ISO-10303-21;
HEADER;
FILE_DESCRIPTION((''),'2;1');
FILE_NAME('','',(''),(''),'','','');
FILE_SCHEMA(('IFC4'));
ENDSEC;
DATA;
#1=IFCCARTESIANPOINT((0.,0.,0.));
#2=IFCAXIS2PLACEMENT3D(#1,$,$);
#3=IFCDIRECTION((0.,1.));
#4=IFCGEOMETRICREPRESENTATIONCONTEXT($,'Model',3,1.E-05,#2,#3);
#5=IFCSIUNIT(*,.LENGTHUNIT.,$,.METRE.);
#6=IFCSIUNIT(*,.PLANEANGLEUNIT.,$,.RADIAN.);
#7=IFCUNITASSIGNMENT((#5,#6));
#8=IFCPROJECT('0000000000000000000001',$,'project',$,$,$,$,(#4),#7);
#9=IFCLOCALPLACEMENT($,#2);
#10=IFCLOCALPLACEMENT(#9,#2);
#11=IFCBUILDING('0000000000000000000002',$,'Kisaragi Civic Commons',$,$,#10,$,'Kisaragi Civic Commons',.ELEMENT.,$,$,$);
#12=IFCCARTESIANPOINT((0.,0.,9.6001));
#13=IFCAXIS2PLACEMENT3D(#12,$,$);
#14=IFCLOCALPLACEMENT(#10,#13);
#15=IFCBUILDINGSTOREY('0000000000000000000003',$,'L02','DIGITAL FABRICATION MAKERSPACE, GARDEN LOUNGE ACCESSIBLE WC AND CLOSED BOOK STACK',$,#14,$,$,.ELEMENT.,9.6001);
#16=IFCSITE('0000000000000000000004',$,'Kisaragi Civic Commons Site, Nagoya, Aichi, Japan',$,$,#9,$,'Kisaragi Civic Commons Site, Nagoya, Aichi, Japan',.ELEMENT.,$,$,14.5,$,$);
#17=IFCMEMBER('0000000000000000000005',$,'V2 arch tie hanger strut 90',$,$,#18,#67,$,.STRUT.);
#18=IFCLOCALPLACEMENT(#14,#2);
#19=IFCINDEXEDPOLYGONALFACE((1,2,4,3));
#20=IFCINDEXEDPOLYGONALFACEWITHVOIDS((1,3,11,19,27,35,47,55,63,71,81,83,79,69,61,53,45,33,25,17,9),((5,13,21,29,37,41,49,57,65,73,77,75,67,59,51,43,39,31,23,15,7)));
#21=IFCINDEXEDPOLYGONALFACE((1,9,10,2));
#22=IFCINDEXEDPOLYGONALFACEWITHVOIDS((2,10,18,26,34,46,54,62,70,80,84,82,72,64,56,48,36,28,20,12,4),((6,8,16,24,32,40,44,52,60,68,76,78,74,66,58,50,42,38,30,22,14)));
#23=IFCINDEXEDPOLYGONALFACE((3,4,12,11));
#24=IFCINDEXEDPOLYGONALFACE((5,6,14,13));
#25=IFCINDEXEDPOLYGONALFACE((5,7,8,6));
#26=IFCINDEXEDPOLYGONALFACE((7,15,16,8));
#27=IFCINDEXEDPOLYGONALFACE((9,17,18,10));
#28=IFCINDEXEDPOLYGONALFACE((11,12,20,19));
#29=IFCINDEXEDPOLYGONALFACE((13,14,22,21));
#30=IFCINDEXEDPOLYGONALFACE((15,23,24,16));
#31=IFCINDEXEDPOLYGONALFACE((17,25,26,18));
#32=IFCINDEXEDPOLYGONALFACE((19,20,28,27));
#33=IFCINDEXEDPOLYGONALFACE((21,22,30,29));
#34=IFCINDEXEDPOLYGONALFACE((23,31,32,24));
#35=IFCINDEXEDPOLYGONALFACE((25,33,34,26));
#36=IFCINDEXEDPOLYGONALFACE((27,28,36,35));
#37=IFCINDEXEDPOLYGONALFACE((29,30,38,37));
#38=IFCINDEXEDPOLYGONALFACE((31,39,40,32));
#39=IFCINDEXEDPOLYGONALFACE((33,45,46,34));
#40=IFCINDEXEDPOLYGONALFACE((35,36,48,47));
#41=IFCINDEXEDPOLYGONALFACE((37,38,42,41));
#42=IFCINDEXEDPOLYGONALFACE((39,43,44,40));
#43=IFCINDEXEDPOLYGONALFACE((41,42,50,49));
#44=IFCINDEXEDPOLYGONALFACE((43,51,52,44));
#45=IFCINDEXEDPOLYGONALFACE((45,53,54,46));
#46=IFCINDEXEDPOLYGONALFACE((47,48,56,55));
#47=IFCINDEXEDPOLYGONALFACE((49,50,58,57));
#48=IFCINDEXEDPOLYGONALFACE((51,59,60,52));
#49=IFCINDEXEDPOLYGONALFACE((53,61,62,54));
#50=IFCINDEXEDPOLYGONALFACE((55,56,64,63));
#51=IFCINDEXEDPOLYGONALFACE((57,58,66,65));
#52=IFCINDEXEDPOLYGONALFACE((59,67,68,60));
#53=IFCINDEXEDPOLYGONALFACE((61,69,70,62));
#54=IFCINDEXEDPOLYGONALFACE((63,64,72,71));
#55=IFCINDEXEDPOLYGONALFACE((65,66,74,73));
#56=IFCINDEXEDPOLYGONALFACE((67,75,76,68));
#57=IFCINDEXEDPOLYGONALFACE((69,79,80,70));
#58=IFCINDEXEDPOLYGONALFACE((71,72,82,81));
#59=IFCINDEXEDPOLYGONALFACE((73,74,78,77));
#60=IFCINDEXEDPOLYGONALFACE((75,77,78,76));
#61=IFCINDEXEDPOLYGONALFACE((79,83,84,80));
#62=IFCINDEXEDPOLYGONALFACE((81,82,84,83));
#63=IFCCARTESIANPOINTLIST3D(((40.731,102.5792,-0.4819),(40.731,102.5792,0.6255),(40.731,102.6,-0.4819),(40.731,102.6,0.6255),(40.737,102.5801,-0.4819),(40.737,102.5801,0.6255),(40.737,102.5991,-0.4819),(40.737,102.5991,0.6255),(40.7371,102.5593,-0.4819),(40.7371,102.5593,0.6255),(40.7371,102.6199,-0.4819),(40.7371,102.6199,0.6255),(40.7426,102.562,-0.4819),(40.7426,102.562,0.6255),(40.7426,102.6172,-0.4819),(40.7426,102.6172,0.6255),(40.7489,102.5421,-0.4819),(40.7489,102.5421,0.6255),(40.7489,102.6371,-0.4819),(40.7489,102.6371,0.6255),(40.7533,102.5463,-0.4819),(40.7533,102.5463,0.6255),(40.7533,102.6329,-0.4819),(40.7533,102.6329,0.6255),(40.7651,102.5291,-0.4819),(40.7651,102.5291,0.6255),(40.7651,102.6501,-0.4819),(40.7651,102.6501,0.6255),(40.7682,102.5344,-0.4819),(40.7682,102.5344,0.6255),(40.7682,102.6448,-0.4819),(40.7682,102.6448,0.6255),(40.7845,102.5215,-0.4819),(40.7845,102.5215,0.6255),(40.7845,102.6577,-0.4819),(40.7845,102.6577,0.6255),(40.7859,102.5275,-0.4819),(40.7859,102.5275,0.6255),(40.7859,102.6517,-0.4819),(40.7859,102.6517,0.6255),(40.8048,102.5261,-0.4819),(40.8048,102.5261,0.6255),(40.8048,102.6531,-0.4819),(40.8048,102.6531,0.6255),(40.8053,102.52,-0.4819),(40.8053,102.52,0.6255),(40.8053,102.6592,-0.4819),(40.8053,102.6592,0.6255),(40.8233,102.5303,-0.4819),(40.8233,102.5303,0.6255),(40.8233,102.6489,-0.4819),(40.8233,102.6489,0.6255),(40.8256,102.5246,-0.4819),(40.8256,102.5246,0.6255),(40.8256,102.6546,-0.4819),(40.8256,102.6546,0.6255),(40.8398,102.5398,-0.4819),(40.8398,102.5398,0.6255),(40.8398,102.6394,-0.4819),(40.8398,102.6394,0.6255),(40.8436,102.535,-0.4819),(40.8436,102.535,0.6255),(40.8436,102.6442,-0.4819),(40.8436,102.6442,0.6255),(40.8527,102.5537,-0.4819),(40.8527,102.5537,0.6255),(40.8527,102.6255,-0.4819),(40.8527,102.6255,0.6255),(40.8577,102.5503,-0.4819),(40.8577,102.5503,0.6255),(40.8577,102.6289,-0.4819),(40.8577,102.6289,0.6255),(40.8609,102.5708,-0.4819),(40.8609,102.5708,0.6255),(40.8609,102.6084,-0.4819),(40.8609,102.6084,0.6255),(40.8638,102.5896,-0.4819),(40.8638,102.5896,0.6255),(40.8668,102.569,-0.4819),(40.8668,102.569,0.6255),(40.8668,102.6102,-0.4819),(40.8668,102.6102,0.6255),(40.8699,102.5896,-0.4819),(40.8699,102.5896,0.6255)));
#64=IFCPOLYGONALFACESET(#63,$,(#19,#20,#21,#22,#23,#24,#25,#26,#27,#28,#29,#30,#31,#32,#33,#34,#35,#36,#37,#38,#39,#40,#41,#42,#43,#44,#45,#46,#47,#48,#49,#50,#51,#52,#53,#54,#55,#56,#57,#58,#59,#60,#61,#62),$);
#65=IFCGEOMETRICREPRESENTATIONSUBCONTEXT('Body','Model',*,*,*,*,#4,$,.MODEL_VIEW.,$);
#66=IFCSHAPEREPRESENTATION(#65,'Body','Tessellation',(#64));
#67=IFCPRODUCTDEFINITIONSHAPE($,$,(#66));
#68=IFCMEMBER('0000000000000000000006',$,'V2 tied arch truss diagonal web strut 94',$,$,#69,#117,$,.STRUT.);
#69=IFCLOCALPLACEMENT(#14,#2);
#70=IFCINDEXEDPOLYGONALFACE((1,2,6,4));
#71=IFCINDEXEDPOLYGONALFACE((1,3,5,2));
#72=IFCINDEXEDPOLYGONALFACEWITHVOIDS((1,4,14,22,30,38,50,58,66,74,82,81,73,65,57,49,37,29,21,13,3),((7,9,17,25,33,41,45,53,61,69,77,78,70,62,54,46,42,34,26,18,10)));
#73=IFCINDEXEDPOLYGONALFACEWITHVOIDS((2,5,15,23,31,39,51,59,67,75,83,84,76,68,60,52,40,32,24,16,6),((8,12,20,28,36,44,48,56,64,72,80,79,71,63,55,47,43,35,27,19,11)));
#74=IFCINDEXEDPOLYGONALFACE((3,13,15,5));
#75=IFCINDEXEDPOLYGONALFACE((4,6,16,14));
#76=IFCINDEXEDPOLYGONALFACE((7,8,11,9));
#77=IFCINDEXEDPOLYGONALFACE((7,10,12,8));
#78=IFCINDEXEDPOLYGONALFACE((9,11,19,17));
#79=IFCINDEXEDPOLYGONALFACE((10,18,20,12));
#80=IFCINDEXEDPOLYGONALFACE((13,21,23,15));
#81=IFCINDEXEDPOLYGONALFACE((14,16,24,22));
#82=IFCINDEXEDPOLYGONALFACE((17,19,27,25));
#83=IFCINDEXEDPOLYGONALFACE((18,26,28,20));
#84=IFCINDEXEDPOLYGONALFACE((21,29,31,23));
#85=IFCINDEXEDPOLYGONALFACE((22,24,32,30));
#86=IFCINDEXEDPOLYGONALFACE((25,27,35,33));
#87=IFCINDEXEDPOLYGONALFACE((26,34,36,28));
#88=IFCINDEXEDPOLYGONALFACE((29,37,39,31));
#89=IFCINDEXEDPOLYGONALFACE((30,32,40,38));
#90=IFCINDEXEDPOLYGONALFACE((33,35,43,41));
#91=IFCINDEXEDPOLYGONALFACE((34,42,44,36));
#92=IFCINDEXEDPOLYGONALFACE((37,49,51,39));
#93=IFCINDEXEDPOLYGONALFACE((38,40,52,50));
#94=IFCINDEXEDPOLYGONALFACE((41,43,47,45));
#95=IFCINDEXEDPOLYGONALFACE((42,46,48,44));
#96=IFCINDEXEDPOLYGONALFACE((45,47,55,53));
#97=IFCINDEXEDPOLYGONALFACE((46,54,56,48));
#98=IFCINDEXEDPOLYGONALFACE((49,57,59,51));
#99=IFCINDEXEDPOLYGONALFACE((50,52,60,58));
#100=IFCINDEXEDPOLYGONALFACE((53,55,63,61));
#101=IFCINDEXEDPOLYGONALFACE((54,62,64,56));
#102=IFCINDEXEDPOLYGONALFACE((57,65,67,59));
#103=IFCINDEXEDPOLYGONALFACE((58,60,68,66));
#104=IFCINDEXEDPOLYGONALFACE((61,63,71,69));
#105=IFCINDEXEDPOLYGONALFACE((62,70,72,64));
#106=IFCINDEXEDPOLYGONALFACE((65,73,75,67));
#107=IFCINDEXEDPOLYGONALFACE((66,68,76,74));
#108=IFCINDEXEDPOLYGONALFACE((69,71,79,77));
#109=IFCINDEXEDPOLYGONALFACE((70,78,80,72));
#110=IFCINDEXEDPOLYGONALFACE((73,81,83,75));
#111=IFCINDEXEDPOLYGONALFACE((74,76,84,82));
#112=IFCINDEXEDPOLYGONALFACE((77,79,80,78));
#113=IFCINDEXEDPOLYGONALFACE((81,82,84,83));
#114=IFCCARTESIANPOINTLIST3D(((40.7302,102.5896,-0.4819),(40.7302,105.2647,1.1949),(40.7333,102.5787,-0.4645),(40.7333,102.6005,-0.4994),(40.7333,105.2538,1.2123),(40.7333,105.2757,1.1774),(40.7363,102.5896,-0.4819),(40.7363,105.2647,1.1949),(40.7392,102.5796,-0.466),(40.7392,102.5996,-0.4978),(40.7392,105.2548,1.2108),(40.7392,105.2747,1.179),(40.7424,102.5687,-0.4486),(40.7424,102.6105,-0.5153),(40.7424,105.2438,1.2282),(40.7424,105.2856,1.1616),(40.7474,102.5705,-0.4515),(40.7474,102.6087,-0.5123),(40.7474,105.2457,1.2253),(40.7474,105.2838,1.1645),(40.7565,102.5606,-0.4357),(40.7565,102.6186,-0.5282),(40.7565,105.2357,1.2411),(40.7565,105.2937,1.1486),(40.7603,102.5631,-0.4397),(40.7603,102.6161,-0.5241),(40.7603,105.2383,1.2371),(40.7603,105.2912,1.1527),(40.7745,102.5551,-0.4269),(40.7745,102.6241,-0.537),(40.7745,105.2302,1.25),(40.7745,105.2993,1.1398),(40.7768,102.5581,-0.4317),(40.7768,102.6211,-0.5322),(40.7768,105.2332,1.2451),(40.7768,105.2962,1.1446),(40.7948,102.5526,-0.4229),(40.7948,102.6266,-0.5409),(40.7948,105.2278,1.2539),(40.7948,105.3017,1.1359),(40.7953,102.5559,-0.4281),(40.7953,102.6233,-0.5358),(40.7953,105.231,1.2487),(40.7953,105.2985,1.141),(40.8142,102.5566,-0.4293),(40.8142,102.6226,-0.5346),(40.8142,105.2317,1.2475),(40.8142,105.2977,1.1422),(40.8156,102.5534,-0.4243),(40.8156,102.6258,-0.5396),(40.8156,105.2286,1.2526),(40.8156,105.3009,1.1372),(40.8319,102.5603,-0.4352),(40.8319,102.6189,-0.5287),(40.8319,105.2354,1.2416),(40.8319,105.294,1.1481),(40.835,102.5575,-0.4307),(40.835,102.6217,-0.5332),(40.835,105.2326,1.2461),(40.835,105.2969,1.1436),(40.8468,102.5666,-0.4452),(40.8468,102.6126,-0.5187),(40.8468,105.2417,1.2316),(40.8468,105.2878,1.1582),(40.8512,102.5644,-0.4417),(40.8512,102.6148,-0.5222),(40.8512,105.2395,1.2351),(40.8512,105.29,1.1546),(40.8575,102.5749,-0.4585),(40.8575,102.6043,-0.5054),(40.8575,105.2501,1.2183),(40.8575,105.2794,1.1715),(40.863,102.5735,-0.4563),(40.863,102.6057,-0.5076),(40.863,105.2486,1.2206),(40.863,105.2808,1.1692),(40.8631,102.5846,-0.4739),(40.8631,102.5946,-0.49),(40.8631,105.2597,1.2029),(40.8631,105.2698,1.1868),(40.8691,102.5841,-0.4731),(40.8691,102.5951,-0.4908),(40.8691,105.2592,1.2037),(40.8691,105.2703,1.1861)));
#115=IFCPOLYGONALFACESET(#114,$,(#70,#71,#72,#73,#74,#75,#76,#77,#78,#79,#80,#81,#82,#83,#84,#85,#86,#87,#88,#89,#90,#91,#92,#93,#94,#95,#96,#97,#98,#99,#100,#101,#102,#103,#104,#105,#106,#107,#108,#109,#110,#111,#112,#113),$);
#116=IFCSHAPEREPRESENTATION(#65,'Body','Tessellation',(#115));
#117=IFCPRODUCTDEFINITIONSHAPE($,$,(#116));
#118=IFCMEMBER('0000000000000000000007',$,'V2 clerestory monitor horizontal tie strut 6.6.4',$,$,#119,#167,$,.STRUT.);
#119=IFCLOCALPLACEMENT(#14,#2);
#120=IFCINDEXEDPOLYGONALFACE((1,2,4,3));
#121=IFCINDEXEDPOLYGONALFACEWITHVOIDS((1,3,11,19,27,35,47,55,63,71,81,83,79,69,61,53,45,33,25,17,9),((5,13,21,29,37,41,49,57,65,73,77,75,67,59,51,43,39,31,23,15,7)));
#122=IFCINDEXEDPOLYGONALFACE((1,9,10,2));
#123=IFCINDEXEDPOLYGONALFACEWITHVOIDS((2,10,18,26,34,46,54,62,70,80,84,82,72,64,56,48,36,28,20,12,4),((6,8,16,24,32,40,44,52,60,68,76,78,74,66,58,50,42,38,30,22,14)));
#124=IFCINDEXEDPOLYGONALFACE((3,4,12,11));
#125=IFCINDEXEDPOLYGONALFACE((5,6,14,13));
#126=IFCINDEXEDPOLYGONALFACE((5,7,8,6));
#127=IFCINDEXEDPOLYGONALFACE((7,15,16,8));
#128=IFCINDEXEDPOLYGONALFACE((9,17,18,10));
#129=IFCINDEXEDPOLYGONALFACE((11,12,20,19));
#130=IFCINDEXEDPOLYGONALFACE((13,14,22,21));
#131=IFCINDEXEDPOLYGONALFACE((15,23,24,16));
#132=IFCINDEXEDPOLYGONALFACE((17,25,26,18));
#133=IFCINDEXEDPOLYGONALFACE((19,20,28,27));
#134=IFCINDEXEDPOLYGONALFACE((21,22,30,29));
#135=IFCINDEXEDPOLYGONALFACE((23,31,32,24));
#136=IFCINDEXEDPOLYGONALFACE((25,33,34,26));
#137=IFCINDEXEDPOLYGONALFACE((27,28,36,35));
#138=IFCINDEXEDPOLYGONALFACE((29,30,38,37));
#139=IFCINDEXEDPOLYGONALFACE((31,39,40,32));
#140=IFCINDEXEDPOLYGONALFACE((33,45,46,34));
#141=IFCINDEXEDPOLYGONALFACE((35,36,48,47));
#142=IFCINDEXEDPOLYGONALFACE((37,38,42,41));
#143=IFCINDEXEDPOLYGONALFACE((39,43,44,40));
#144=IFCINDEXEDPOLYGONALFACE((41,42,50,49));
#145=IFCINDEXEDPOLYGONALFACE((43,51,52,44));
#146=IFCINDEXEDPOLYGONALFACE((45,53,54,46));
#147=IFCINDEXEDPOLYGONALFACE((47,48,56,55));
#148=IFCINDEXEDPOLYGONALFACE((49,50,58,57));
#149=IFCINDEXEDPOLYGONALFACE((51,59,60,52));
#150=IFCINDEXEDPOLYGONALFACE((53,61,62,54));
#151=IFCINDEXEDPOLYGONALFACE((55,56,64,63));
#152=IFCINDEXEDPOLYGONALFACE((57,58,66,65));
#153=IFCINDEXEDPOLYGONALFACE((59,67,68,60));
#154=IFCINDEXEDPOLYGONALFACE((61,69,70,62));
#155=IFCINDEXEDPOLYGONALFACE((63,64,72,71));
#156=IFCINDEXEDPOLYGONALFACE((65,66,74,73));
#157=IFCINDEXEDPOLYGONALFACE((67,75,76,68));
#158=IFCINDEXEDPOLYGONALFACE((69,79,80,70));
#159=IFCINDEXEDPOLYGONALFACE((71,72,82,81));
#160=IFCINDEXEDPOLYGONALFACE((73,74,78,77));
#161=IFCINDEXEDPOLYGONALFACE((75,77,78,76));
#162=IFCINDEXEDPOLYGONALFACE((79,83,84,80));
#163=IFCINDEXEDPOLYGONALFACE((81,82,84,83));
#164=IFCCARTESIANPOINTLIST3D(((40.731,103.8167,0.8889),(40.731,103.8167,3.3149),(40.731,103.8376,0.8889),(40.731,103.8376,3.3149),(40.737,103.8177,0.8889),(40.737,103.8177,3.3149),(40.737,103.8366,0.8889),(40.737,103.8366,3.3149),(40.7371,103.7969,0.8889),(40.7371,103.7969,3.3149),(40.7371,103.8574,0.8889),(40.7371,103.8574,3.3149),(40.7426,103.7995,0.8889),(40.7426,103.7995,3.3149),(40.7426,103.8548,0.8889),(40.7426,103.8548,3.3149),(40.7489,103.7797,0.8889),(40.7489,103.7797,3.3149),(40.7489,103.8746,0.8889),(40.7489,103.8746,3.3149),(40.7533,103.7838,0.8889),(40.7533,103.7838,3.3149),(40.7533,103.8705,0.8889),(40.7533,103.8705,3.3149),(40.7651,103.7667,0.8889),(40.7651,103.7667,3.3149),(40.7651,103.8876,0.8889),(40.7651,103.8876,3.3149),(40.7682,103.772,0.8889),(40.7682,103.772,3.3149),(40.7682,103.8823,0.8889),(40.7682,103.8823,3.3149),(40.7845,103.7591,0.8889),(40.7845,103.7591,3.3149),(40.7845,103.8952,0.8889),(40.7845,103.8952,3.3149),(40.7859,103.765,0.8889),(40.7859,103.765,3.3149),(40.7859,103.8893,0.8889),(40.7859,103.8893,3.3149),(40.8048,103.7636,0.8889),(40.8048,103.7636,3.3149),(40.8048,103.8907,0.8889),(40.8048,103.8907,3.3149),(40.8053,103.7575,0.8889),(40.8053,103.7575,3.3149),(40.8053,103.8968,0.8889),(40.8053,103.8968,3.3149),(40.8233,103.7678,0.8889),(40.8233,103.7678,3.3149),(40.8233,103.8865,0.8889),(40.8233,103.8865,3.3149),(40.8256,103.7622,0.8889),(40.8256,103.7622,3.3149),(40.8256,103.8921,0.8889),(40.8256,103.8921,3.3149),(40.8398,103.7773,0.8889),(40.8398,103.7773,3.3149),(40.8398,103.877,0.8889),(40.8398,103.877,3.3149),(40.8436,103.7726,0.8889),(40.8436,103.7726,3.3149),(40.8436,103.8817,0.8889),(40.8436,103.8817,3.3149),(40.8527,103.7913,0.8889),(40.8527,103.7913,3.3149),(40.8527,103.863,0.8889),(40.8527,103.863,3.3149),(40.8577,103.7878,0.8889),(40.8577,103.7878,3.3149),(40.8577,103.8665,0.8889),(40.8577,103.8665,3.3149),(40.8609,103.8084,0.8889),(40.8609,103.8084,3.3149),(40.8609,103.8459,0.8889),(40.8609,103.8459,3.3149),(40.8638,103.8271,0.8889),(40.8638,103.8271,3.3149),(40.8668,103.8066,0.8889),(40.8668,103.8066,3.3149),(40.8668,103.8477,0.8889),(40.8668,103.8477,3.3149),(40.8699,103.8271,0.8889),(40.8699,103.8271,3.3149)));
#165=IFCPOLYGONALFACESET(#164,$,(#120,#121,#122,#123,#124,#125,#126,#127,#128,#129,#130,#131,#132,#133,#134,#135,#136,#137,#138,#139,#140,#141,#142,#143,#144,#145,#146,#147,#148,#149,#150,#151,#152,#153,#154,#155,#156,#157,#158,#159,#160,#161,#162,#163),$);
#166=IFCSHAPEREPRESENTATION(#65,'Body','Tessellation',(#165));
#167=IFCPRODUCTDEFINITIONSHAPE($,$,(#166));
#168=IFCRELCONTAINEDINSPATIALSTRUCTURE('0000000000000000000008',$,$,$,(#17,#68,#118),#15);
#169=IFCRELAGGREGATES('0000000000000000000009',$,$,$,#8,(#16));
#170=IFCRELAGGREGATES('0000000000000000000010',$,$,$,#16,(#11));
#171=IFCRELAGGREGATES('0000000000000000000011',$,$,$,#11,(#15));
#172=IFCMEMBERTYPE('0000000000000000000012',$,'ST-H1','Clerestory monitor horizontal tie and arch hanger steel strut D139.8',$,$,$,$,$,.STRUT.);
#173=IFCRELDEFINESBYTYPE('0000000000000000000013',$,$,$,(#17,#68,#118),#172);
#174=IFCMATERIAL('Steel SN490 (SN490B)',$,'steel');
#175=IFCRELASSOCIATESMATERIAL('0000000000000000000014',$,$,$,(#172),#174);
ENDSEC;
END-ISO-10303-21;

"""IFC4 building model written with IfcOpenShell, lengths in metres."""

from ifc_helpers import new_model, si_unit, direction, frame, origin, origin_2d, place, context, subcontext, project, spatial, hollow_circle, extrude, material, material_profile, profile_set, type_object, element, save


model = new_model("IFC4")

# Units and contexts
model_context = context("Model", 3, precision=1e-05, world=origin(), true_north=direction((0.0, 1.0)))
body_context = subcontext(model_context, "Body", "Model", "MODEL_VIEW")
ifc_project = project(units=[si_unit("LENGTHUNIT", "METRE"), si_unit("PLANEANGLEUNIT", "RADIAN")], contexts=[model_context])

# Site, building, storey
site_placement = place(None, origin())
site = spatial("IfcSite", under=ifc_project, at=site_placement, Name="Kisaragi Civic Commons Site, Nagoya, Aichi, Japan", LongName="Kisaragi Civic Commons Site, Nagoya, Aichi, Japan", CompositionType="ELEMENT", RefElevation=14.5)
building_placement = place(site_placement, origin())
building = spatial("IfcBuilding", under=site, at=building_placement, Name="Kisaragi Civic Commons", LongName="Kisaragi Civic Commons", CompositionType="ELEMENT")
storey_placement = place(building_placement, frame((0.0, 0.0, 9.6001)))
storey = spatial("IfcBuildingStorey", under=building, at=storey_placement, Name="L02", Description="DIGITAL FABRICATION MAKERSPACE, GARDEN LOUNGE ACCESSIBLE WC AND CLOSED BOOK STACK", CompositionType="ELEMENT", Elevation=9.6001)

# Members
ifc_material_1 = material(Name="Steel SN490 (SN490B)", Category="steel")
ifc_material_profile_1 = material_profile(ifc_material_1, hollow_circle(Radius=0.0698, WallThickness=0.0061, at=origin_2d()), Name="CHS-139.8x6.0", Category="steel")
ifc_profile_set_1 = profile_set([ifc_material_profile_1], Name="Steel SN490 (SN490B)")
member_type_1 = type_object("IfcMemberType", Name="ST-H1", Description="Clerestory monitor horizontal tie and arch hanger steel strut D139.8", PredefinedType="STRUT", material=ifc_profile_set_1)
member_1_placement = place(storey_placement, frame((40.8, 102.5896, -0.4819), z_axis=(0.0, 0.0, 1.0), x_axis=(1.0, 0.0, 0.0)))
element("IfcMember", 1, at=member_1_placement, inside=storey, type_object=member_type_1, Name="V2 arch tie hanger strut 90", PredefinedType="STRUT", context=body_context, shape_type="SweptSolid", body=[
    extrude(hollow_circle(Radius=0.0698, WallThickness=0.0061, at=origin_2d()), origin(), (0.0, 0.0, 1.0), 1.1074),
])
member_2_placement = place(storey_placement, frame((40.8, 102.5896, -0.4819), z_axis=(0.0, 0.847307, 0.531104), x_axis=(-1.0, 0.0, 0.0)))
element("IfcMember", 2, at=member_2_placement, inside=storey, type_object=member_type_1, Name="V2 tied arch truss diagonal web strut 94", PredefinedType="STRUT", context=body_context, shape_type="SweptSolid", body=[
    extrude(hollow_circle(Radius=0.0698, WallThickness=0.0061, at=origin_2d()), origin(), (0.0, 0.0, 1.0), 3.1572),
])
member_3_placement = place(storey_placement, frame((40.8, 103.8271, 0.8889), z_axis=(0.0, 0.0, 1.0), x_axis=(1.0, 0.0, 0.0)))
element("IfcMember", 3, at=member_3_placement, inside=storey, type_object=member_type_1, Name="V2 clerestory monitor horizontal tie strut 6.6.4", PredefinedType="STRUT", context=body_context, shape_type="SweptSolid", body=[
    extrude(hollow_circle(Radius=0.0698, WallThickness=0.0061, at=origin_2d()), origin(), (0.0, 0.0, 1.0), 2.426),
])

save(model, "model.ifc")
